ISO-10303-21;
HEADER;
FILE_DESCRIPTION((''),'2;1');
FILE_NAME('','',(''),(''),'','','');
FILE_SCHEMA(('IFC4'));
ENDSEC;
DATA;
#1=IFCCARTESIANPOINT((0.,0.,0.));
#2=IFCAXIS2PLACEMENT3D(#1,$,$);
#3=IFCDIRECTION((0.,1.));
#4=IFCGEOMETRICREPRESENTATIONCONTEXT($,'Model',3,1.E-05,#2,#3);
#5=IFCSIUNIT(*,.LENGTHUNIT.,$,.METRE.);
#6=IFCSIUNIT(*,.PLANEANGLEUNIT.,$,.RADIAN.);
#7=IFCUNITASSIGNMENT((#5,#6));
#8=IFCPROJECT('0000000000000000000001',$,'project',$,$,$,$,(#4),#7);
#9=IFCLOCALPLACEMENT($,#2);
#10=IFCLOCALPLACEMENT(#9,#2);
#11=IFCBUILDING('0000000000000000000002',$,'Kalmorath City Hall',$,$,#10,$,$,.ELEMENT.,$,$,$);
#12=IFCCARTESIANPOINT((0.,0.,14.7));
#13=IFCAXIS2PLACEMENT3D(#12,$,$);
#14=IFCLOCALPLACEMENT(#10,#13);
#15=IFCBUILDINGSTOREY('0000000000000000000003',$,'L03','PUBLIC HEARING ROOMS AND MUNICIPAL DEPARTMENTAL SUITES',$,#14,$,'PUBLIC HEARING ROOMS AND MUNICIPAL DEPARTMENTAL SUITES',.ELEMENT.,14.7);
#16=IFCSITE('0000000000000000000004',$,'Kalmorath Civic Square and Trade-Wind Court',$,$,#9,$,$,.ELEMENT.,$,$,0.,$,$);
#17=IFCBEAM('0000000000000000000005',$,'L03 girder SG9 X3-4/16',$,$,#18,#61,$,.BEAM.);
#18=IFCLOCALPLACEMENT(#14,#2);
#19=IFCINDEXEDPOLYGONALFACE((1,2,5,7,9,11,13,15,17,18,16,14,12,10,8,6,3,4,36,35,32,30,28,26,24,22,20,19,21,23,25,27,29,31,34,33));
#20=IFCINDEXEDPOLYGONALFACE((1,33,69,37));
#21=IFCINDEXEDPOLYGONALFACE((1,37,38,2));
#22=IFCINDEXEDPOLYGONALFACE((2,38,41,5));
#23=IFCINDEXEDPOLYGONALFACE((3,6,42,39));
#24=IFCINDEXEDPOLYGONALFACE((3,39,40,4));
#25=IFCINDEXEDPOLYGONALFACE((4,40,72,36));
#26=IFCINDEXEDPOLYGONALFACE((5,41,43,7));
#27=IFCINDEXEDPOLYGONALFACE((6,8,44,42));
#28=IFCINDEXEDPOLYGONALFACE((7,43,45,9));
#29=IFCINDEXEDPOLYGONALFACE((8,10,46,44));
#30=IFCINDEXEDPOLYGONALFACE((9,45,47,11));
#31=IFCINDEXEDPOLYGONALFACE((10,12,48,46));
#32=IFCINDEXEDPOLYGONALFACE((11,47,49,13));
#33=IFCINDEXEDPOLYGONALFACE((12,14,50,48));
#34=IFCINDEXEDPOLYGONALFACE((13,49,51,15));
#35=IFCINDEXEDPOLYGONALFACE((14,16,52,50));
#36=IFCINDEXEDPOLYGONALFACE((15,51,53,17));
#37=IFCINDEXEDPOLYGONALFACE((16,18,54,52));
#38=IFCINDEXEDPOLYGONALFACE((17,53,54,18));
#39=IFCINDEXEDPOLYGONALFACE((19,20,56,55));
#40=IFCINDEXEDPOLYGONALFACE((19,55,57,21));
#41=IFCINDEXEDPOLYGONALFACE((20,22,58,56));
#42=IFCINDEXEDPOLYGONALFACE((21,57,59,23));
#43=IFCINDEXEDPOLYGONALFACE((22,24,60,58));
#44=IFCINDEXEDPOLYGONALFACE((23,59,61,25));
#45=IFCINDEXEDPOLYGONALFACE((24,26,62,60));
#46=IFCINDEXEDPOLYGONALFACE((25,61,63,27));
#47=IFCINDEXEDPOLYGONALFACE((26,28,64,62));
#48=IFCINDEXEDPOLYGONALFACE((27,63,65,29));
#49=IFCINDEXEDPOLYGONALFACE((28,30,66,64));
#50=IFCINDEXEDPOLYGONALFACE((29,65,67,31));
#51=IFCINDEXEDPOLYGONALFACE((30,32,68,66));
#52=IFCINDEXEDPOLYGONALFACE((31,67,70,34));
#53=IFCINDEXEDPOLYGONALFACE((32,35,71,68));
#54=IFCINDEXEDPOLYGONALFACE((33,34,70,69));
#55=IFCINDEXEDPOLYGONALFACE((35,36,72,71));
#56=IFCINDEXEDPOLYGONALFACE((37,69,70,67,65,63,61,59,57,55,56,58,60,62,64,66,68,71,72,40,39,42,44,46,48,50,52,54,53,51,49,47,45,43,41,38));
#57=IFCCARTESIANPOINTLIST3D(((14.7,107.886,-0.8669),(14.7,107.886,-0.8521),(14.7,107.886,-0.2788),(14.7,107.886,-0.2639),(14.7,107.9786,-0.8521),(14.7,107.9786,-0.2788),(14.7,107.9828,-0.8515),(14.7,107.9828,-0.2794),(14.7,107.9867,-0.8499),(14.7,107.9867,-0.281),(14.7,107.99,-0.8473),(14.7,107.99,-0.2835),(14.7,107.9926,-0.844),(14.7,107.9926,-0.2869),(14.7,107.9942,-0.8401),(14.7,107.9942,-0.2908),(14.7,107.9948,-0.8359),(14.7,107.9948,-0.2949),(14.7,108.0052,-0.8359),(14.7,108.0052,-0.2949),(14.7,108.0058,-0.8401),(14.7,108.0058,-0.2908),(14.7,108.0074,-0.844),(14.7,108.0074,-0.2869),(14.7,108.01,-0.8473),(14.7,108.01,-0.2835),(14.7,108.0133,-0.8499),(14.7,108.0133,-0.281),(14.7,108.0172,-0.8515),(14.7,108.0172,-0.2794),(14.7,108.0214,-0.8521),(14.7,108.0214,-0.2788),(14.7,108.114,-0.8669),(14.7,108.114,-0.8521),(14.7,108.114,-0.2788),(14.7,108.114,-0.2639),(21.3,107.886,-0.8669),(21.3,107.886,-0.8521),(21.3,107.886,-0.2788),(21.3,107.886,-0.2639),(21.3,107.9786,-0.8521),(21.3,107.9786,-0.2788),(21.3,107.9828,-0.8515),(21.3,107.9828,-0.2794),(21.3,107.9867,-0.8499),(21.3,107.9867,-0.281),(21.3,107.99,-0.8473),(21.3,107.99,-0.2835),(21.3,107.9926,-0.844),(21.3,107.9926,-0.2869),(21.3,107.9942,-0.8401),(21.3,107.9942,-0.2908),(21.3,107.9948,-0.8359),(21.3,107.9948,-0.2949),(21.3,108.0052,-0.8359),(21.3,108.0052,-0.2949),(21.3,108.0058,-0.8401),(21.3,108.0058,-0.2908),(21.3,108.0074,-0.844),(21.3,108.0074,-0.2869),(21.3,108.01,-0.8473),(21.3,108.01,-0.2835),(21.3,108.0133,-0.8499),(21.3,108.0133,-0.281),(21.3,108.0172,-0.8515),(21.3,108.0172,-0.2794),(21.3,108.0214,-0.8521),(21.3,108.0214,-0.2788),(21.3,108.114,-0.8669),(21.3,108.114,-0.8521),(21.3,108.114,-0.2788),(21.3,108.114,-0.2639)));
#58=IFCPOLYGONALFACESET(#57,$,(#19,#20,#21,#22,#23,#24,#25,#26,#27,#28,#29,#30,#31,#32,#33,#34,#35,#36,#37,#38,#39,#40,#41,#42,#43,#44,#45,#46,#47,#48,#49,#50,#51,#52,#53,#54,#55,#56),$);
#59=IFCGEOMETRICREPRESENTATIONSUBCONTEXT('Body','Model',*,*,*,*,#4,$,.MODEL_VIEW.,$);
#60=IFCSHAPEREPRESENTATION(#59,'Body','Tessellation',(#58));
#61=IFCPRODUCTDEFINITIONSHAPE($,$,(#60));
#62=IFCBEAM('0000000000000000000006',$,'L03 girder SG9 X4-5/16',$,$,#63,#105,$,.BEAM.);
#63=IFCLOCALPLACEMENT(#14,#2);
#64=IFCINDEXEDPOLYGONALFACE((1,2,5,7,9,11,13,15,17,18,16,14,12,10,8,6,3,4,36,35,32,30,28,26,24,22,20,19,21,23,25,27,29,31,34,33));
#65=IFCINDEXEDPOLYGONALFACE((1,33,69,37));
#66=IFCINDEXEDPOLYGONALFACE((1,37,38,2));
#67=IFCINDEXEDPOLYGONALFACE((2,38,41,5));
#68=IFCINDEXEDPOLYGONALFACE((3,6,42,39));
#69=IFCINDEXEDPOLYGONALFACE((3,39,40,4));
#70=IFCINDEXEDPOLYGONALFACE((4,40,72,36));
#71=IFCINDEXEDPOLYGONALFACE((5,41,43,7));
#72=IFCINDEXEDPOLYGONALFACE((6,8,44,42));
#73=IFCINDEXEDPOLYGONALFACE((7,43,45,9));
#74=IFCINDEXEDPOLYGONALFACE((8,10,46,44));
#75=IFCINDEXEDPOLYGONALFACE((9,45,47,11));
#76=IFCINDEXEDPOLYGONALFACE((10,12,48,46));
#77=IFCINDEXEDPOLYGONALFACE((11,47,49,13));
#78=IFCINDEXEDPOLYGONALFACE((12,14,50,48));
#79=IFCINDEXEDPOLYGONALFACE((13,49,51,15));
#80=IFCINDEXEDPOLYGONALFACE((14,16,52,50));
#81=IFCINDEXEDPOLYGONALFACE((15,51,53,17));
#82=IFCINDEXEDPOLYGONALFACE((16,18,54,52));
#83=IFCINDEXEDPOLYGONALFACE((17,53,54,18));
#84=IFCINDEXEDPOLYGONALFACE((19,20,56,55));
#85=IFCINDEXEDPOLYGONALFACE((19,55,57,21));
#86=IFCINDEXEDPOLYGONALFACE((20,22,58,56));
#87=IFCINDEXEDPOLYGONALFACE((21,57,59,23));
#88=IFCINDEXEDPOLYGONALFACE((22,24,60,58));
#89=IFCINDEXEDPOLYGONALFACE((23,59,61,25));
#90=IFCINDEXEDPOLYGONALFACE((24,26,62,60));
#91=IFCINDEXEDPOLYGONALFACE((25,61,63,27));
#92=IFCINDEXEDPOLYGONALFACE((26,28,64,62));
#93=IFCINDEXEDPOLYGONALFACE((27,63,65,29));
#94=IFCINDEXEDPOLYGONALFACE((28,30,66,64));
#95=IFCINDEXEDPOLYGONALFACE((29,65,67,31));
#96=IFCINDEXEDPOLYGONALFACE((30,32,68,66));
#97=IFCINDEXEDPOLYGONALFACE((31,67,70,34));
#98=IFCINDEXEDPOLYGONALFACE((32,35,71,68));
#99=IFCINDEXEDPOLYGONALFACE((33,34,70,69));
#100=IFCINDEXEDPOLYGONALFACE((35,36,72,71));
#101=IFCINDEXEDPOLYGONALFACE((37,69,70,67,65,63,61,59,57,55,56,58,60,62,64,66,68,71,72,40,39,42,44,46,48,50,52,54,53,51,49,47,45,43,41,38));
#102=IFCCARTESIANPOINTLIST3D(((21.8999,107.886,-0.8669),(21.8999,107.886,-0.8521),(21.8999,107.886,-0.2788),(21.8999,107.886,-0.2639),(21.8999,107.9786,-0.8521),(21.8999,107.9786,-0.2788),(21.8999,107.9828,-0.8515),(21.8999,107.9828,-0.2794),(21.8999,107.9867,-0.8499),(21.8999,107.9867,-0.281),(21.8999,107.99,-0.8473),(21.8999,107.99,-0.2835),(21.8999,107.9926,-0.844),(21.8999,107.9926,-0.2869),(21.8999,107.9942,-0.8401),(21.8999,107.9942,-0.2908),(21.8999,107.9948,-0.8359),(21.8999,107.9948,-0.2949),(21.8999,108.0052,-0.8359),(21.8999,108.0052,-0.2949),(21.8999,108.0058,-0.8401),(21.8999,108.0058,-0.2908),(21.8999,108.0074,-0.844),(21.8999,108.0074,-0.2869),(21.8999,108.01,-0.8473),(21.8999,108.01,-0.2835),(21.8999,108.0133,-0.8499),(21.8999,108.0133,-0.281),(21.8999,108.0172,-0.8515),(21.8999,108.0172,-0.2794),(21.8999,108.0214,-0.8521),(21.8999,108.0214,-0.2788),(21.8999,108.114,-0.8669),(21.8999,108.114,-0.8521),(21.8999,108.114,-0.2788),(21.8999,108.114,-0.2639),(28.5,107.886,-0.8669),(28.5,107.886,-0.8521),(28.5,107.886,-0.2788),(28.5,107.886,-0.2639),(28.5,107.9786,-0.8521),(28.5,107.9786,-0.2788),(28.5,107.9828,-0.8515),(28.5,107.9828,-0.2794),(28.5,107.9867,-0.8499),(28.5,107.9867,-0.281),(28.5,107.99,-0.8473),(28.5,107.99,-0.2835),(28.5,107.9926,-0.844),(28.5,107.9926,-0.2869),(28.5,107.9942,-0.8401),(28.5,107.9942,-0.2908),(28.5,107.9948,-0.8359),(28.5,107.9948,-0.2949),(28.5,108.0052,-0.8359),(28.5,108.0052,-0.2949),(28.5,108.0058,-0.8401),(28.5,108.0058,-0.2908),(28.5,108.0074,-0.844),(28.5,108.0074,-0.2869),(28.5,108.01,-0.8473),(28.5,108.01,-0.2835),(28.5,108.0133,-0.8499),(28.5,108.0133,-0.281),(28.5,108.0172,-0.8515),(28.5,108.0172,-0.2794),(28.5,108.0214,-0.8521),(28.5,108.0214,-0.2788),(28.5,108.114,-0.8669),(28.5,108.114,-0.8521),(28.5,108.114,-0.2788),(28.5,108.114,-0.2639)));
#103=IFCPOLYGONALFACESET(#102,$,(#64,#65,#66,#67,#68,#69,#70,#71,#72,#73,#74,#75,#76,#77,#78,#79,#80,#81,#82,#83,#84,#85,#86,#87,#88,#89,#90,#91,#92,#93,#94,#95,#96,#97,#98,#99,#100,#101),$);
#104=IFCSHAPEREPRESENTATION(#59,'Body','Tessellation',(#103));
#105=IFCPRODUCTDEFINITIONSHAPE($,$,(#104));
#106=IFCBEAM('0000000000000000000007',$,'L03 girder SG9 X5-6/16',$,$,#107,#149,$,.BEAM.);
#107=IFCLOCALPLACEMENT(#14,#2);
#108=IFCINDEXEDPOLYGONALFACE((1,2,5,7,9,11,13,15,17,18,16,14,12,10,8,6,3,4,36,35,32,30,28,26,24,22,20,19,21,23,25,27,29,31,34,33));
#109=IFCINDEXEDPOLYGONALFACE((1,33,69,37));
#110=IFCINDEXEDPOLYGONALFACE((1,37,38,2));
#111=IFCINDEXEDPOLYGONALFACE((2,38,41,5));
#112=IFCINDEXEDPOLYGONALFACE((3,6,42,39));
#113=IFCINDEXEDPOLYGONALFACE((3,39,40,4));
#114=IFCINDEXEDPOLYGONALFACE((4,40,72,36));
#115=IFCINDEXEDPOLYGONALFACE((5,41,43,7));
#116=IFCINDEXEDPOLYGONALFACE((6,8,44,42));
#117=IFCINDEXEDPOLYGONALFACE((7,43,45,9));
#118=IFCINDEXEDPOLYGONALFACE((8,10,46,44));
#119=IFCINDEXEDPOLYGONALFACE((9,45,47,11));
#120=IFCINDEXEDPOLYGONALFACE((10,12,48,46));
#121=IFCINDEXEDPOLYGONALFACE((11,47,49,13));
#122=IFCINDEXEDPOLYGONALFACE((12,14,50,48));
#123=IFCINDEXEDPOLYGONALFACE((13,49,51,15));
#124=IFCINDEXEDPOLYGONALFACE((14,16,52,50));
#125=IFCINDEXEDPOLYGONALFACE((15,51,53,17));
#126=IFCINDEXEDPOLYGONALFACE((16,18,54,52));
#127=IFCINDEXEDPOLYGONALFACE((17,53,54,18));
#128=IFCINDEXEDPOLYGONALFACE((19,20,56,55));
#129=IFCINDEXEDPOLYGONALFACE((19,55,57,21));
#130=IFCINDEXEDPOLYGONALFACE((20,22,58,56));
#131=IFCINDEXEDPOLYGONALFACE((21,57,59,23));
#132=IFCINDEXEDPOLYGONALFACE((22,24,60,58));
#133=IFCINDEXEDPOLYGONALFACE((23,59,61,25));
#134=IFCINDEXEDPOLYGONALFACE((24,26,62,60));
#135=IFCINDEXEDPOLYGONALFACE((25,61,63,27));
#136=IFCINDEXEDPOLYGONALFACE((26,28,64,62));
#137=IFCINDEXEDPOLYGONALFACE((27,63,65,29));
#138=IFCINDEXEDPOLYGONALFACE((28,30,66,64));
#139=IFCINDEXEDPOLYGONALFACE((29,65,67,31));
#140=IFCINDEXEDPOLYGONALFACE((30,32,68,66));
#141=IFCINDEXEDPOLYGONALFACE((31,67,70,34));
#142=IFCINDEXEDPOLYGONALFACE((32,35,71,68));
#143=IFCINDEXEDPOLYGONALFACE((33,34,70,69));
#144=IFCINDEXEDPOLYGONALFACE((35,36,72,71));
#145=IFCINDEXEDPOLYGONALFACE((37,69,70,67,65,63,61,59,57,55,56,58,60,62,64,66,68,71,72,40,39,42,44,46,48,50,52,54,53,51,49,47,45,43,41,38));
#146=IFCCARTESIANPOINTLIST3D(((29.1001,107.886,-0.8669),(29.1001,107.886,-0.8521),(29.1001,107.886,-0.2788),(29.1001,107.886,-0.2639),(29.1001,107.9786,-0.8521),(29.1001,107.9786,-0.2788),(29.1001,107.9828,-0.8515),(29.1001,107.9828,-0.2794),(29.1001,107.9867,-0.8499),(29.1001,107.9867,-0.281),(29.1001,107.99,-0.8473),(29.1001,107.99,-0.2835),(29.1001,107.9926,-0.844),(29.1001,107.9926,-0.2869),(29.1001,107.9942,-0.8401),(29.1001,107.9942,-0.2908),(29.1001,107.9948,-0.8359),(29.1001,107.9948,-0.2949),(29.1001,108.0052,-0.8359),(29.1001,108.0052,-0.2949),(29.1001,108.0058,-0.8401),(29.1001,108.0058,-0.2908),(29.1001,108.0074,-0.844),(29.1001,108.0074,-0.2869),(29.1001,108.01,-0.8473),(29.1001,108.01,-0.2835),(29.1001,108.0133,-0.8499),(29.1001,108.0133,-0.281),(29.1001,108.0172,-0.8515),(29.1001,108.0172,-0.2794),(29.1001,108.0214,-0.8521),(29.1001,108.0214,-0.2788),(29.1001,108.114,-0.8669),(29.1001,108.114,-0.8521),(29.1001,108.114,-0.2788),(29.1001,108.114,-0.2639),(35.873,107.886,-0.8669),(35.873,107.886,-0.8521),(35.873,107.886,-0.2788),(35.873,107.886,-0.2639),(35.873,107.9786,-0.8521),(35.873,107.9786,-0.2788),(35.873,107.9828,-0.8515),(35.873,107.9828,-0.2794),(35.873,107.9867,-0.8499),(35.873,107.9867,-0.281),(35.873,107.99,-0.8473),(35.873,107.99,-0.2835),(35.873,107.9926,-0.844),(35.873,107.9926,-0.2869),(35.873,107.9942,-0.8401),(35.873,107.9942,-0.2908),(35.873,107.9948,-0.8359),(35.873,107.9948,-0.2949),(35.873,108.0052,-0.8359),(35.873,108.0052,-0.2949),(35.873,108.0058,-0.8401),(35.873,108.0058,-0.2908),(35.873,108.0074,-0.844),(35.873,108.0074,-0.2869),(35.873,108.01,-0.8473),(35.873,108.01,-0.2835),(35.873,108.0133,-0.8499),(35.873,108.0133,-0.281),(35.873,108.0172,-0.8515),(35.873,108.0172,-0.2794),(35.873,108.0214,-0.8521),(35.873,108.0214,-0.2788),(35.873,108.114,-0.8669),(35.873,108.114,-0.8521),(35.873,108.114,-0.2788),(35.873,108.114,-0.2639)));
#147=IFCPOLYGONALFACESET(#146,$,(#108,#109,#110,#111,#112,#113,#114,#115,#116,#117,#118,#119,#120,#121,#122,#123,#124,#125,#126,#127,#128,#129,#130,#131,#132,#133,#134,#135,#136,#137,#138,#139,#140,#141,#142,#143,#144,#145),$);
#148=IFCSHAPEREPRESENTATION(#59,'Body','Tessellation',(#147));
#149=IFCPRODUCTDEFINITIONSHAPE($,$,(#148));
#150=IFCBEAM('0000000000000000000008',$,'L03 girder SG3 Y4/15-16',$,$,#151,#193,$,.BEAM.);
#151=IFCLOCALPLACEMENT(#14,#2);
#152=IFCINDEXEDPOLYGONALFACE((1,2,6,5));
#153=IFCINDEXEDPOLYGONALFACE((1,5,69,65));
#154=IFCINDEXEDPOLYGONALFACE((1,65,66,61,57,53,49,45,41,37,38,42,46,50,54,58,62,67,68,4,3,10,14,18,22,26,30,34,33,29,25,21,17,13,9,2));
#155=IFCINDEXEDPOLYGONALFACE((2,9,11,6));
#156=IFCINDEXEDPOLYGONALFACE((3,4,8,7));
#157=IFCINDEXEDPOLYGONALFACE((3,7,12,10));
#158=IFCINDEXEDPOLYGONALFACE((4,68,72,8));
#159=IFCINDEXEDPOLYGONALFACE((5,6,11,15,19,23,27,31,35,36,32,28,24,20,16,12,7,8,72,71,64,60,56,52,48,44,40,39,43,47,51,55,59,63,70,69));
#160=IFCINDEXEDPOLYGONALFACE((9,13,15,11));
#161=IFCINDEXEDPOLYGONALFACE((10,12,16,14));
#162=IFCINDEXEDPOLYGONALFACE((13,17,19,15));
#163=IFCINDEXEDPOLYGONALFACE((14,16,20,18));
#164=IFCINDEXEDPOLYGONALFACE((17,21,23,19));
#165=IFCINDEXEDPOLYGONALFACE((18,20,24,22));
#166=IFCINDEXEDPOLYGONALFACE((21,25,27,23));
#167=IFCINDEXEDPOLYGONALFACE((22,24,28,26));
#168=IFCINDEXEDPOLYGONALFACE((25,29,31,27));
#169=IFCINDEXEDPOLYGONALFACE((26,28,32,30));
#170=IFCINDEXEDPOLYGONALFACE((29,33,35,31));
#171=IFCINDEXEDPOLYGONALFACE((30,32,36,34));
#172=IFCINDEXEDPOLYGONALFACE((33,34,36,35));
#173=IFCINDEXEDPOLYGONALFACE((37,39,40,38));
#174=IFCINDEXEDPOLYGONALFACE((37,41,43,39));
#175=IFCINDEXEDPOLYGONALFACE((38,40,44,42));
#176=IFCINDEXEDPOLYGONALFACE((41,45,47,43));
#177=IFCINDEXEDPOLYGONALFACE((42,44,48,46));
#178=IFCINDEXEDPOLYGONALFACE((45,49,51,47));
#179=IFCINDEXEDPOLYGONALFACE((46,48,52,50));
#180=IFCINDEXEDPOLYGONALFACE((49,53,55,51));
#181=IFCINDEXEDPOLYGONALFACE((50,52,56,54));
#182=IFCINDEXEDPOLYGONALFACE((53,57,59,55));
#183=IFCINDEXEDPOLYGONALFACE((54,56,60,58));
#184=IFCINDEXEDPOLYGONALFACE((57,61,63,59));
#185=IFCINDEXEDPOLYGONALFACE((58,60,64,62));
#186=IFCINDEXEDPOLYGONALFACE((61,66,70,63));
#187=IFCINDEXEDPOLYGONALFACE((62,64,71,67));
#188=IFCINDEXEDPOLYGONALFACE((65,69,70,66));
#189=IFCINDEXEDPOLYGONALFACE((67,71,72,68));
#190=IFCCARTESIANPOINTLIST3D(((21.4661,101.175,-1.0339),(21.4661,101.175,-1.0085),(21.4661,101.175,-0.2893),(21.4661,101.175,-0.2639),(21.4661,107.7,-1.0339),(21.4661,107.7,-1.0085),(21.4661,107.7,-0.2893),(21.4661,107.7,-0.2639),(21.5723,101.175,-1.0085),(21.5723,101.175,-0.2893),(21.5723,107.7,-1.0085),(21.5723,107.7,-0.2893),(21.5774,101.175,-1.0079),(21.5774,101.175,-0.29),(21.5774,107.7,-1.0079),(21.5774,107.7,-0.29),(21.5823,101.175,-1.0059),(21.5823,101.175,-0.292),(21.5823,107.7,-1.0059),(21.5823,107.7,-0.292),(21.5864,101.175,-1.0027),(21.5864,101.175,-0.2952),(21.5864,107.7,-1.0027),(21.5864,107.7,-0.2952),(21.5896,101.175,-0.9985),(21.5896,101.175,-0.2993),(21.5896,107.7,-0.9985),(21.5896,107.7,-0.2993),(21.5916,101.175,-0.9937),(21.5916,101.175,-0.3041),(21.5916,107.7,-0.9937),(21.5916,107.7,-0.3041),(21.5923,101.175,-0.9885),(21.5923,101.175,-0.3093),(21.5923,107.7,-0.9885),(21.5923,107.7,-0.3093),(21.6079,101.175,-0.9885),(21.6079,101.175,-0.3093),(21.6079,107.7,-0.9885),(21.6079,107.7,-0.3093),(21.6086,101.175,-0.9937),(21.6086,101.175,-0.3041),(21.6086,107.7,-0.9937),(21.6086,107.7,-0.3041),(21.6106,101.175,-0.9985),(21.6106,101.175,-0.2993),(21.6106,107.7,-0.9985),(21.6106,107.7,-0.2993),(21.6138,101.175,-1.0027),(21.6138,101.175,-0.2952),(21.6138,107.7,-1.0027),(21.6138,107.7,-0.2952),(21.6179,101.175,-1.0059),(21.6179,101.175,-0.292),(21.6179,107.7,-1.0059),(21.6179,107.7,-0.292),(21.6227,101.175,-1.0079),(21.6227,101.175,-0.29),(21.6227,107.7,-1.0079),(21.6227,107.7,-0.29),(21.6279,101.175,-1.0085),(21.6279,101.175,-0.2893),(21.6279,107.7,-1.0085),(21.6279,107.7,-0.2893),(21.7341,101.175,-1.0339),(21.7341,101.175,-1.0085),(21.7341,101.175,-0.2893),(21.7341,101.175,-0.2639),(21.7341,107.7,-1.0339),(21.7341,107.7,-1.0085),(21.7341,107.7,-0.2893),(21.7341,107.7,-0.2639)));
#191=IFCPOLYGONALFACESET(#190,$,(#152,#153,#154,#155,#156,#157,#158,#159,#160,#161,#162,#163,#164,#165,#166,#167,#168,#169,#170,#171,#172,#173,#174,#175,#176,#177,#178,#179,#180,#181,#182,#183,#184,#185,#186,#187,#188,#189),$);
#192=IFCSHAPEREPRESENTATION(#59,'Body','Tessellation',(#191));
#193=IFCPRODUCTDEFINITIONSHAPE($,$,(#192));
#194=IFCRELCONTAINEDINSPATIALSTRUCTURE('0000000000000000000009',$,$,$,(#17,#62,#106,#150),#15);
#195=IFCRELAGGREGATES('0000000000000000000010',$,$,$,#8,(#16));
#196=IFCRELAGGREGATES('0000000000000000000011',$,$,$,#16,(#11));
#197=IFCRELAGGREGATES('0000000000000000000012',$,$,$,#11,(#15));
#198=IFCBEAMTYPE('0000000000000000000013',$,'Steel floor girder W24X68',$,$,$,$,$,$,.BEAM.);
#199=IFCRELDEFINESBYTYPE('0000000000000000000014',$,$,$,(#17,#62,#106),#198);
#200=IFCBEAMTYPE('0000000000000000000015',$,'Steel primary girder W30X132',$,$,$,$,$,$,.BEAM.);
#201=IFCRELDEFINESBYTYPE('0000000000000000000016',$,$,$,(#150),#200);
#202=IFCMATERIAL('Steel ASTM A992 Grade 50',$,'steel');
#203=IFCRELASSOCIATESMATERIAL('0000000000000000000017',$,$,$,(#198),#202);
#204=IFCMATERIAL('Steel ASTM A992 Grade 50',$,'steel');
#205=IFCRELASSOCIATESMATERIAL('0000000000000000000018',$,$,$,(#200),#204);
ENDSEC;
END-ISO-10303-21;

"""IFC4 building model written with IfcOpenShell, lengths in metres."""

from ifc_helpers import new_model, si_unit, direction, frame, origin, origin_2d, place, context, subcontext, project, spatial, i_section, extrude, material, material_profile, profile_set, type_object, element, save


model = new_model("IFC4")

# Units and contexts
model_context = context("Model", 3, precision=1e-05, world=origin(), true_north=direction((0.0, 1.0)))
body_context = subcontext(model_context, "Body", "Model", "MODEL_VIEW")
ifc_project = project(units=[si_unit("LENGTHUNIT", "METRE"), si_unit("PLANEANGLEUNIT", "RADIAN")], contexts=[model_context])

# Site, building, storey
site_placement = place(None, origin())
site = spatial("IfcSite", under=ifc_project, at=site_placement, Name="Kalmorath Civic Square and Trade-Wind Court", CompositionType="ELEMENT", RefElevation=0.0)
building_placement = place(site_placement, origin())
building = spatial("IfcBuilding", under=site, at=building_placement, Name="Kalmorath City Hall", CompositionType="ELEMENT")
storey_placement = place(building_placement, frame((0.0, 0.0, 14.7)))
storey = spatial("IfcBuildingStorey", under=building, at=storey_placement, Name="L03", Description="PUBLIC HEARING ROOMS AND MUNICIPAL DEPARTMENTAL SUITES", LongName="PUBLIC HEARING ROOMS AND MUNICIPAL DEPARTMENTAL SUITES", CompositionType="ELEMENT", Elevation=14.7)

# Beams
ifc_material_1 = material(Name="Steel ASTM A992 Grade 50", Category="steel")
ifc_material_profile_1 = material_profile(ifc_material_1, i_section(OverallWidth=0.228, OverallDepth=0.603, WebThickness=0.0105, FlangeThickness=0.0149, FilletRadius=0.0161, at=origin_2d()), Name="W24X68")
ifc_profile_set_1 = profile_set([ifc_material_profile_1], Name="Steel ASTM A992 Grade 50")
beam_type_1 = type_object("IfcBeamType", Name="Steel floor girder W24X68", PredefinedType="BEAM", material=ifc_profile_set_1)
for number, where, z_axis, x_axis, name in (
    (1, (14.7, 108.0, -0.5654), (1.0, 0.0, 0.0), (0.0, 1.0, 0.0), "L03 girder SG9 X3-4/16"),
    (2, (21.8999, 108.0, -0.5654), (1.0, 0.0, 0.0), (0.0, 1.0, 0.0), "L03 girder SG9 X4-5/16"),
):
    element("IfcBeam", number, at=place(storey_placement, frame(where, z_axis=z_axis, x_axis=x_axis)), inside=storey, type_object=beam_type_1, Name=name, PredefinedType="BEAM", context=body_context, shape_type="SweptSolid", body=[
        extrude(i_section(OverallWidth=0.228, OverallDepth=0.603, WebThickness=0.0105, FlangeThickness=0.0149, FilletRadius=0.0161, at=origin_2d()), origin(), (0.0, 0.0, 1.0), 6.6001),
    ])
beam_1_placement = place(storey_placement, frame((29.1001, 108.0, -0.5654), z_axis=(1.0, 0.0, 0.0), x_axis=(0.0, 1.0, 0.0)))
element("IfcBeam", 3, at=beam_1_placement, inside=storey, type_object=beam_type_1, Name="L03 girder SG9 X5-6/16", PredefinedType="BEAM", context=body_context, shape_type="SweptSolid", body=[
    extrude(i_section(OverallWidth=0.228, OverallDepth=0.603, WebThickness=0.0105, FlangeThickness=0.0149, FilletRadius=0.0161, at=origin_2d()), origin(), (0.0, 0.0, 1.0), 6.7729),
])
ifc_material_2 = material(Name="Steel ASTM A992 Grade 50", Category="steel")
ifc_material_profile_2 = material_profile(ifc_material_2, i_section(OverallWidth=0.2681, OverallDepth=0.77, WebThickness=0.0156, FlangeThickness=0.0254, FilletRadius=0.02, at=origin_2d()), Name="W30X132")
ifc_profile_set_2 = profile_set([ifc_material_profile_2], Name="Steel ASTM A992 Grade 50")
beam_type_2 = type_object("IfcBeamType", Name="Steel primary girder W30X132", PredefinedType="BEAM", material=ifc_profile_set_2)
beam_2_placement = place(storey_placement, frame((21.6001, 101.175, -0.6489), z_axis=(0.0, 1.0, 0.0), x_axis=(-1.0, 0.0, 0.0)))
element("IfcBeam", 4, at=beam_2_placement, inside=storey, type_object=beam_type_2, Name="L03 girder SG3 Y4/15-16", PredefinedType="BEAM", context=body_context, shape_type="SweptSolid", body=[
    extrude(i_section(OverallWidth=0.2681, OverallDepth=0.77, WebThickness=0.0156, FlangeThickness=0.0254, FilletRadius=0.02, at=origin_2d()), origin(), (0.0, 0.0, 1.0), 6.5249),
])

save(model, "model.ifc")
